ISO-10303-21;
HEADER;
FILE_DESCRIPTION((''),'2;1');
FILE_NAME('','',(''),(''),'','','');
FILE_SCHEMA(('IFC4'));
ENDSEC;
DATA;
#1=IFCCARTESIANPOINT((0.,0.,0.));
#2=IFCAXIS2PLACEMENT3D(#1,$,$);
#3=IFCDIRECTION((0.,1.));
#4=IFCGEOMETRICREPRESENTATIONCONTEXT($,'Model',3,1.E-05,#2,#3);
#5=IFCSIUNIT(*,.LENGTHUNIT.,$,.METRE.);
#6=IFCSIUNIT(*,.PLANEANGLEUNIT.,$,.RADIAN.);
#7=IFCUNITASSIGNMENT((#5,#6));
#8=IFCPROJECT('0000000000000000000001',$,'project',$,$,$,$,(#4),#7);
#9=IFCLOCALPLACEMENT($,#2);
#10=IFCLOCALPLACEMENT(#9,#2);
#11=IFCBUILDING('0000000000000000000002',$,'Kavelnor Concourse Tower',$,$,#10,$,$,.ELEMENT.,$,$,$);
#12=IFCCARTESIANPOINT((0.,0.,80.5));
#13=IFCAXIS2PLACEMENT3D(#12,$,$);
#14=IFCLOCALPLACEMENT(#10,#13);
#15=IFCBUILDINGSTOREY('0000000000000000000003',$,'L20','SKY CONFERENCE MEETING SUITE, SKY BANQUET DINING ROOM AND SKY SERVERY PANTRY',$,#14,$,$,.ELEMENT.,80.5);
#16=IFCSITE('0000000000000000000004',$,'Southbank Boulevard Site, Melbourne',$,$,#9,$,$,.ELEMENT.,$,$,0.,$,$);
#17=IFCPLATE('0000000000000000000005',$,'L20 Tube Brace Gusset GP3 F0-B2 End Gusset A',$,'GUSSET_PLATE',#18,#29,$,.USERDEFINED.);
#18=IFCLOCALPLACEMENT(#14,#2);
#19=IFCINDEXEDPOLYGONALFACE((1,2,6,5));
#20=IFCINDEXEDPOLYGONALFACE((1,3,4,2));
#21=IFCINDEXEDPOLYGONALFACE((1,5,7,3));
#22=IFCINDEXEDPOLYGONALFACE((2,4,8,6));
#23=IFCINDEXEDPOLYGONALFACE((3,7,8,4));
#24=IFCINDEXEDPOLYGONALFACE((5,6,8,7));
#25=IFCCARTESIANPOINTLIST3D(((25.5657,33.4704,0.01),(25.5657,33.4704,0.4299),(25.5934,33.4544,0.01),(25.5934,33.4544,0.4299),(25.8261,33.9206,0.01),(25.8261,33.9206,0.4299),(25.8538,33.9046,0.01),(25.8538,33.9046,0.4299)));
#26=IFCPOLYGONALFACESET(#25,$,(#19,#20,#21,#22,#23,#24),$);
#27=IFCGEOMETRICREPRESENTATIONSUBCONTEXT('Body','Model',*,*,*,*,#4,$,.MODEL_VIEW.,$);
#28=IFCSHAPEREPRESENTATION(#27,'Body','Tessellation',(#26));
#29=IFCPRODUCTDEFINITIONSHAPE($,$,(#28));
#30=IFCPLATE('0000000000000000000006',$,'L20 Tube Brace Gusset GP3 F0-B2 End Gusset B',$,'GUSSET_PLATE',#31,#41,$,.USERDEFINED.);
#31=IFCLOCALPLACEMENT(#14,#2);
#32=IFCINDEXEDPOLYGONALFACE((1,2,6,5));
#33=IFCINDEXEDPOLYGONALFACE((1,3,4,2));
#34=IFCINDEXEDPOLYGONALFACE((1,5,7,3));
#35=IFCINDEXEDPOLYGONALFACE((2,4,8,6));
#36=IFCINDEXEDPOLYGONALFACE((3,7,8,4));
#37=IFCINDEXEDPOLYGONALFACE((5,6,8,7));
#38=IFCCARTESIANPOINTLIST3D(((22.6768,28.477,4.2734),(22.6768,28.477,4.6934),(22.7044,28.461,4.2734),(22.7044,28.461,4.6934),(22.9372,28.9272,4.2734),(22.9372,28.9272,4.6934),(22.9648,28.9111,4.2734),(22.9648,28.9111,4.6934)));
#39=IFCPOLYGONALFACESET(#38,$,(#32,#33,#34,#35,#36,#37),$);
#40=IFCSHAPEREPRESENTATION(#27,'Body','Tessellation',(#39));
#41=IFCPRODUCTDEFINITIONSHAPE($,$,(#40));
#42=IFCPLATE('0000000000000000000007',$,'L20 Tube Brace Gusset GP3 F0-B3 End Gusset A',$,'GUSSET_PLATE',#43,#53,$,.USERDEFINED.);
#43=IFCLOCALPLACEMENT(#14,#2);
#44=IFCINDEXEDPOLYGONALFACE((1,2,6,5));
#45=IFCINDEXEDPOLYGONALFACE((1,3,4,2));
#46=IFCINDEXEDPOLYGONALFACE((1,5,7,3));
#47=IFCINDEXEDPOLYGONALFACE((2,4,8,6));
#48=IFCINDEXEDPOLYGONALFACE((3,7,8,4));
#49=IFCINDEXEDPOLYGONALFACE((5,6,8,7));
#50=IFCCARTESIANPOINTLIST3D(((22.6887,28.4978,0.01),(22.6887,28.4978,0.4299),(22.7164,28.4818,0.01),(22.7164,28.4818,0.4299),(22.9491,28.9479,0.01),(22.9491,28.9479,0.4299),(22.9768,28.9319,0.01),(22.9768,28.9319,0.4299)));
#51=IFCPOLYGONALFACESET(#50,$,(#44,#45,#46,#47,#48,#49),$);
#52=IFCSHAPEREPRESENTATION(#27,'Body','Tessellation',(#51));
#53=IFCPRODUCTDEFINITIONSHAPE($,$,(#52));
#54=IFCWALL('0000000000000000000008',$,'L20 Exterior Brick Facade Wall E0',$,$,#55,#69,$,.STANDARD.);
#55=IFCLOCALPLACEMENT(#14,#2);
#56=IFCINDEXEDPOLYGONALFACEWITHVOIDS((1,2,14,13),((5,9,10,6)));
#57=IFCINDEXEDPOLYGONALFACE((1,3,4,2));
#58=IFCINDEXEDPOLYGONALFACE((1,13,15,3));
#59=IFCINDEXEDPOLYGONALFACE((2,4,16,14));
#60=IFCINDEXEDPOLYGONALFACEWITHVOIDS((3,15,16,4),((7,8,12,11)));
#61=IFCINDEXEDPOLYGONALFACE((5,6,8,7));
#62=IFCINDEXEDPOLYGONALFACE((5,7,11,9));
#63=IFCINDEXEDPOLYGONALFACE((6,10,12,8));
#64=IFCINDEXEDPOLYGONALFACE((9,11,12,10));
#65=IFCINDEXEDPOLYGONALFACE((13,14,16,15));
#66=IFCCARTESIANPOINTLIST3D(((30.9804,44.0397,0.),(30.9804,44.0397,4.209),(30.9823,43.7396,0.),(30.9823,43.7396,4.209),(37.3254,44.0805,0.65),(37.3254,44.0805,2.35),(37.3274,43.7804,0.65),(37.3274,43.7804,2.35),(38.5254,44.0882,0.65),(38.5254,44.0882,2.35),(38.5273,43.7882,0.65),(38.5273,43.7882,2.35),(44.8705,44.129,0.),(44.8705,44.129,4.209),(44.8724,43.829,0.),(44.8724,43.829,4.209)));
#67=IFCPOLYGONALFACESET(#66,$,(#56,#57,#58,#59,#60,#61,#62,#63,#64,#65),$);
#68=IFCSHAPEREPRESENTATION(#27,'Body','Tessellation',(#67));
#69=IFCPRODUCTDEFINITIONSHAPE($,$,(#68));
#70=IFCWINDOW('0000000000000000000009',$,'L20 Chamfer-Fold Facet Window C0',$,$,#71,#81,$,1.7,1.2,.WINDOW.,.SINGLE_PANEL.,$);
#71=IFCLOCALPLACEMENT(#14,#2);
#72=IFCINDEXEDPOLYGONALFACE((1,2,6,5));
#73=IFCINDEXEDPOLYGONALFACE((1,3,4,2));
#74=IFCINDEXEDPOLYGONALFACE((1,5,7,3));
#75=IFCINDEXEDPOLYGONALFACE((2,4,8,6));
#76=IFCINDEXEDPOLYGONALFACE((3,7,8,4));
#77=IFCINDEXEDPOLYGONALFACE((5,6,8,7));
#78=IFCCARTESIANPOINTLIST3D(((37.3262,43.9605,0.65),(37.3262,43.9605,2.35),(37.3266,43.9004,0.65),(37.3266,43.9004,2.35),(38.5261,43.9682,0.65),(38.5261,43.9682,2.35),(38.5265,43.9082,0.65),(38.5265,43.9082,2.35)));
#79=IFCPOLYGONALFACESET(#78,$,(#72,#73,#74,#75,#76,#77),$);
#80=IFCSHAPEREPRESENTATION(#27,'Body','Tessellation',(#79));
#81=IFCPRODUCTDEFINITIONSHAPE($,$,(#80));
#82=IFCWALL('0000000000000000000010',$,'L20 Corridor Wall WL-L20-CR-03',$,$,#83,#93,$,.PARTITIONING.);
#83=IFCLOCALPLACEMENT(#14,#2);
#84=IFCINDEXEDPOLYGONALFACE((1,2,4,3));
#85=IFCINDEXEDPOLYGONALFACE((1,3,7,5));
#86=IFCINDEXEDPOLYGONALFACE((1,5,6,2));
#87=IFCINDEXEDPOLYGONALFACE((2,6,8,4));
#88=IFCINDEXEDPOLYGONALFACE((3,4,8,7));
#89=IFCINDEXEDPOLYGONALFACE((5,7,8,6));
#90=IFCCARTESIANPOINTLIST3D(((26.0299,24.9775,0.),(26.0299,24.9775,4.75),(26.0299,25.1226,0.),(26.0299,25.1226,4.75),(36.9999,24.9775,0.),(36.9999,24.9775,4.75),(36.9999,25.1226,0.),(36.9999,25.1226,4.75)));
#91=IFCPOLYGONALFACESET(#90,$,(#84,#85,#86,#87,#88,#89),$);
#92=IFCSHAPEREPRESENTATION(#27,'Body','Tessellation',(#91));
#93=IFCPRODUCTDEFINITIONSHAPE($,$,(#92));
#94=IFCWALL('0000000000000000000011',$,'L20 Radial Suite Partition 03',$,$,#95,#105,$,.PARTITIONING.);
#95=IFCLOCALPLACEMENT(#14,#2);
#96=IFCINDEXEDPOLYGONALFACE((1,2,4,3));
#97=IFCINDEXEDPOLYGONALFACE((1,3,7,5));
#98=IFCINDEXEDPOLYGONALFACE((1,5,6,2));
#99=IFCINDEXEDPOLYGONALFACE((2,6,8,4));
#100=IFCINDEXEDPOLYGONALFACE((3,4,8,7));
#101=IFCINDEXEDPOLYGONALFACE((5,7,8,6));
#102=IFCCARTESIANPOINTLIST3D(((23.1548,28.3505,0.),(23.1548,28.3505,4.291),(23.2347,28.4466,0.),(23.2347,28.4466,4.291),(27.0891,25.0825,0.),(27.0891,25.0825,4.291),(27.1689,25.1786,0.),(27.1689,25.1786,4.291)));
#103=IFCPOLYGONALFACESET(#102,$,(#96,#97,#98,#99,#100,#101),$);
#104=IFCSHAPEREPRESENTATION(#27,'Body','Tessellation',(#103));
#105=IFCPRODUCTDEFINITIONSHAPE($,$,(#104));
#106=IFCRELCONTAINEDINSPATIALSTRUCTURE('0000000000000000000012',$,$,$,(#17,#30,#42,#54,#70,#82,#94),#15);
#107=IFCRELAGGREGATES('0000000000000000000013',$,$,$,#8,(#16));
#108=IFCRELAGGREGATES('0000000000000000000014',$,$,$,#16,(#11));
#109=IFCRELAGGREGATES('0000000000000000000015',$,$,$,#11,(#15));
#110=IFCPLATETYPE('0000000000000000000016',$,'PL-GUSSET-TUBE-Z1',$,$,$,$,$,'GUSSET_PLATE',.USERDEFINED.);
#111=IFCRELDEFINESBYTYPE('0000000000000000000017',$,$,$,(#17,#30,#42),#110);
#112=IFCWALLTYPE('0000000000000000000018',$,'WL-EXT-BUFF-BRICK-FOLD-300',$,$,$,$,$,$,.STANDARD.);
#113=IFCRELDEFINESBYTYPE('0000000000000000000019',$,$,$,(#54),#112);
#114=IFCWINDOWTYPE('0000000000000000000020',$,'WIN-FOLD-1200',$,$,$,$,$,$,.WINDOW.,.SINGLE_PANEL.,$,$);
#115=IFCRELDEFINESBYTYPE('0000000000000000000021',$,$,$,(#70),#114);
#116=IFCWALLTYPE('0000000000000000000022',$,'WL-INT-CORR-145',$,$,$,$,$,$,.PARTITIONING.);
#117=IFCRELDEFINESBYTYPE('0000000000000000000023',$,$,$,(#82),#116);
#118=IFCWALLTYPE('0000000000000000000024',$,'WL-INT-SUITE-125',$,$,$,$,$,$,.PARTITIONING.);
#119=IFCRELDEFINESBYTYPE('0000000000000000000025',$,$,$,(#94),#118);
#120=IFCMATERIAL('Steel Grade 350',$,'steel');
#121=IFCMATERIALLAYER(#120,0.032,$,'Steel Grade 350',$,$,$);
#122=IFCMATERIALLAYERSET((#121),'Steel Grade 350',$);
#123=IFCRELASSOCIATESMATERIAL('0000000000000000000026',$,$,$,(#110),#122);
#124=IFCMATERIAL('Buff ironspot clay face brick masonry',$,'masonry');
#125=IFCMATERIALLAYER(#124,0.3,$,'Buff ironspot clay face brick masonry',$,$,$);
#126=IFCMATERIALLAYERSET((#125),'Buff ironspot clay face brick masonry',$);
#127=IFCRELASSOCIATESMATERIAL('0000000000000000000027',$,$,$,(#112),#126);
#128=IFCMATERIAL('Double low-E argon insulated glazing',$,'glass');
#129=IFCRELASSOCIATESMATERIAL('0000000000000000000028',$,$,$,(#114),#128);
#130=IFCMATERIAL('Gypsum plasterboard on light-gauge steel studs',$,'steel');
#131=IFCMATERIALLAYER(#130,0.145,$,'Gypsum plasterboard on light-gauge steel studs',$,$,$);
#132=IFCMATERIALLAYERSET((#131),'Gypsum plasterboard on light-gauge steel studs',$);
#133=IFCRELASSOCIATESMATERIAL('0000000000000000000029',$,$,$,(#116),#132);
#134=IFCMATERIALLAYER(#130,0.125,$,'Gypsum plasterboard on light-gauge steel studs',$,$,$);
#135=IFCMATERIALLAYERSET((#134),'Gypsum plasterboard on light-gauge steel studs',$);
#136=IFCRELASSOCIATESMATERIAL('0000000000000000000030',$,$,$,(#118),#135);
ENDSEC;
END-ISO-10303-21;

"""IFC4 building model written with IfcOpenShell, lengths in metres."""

from ifc_helpers import new_model, si_unit, direction, frame, frame_2d, origin, origin_2d, place, context, subcontext, project, spatial, rectangle, extrude, material, layer, layer_set, type_object, element, fill, save


model = new_model("IFC4")

# Units and contexts
model_context = context("Model", 3, precision=1e-05, world=origin(), true_north=direction((0.0, 1.0)))
body_context = subcontext(model_context, "Body", "Model", "MODEL_VIEW")
ifc_project = project(units=[si_unit("LENGTHUNIT", "METRE"), si_unit("PLANEANGLEUNIT", "RADIAN")], contexts=[model_context])

# Site, building, storey
site_placement = place(None, origin())
site = spatial("IfcSite", under=ifc_project, at=site_placement, Name="Southbank Boulevard Site, Melbourne", CompositionType="ELEMENT", RefElevation=0.0)
building_placement = place(site_placement, origin())
building = spatial("IfcBuilding", under=site, at=building_placement, Name="Kavelnor Concourse Tower", CompositionType="ELEMENT")
storey_placement = place(building_placement, frame((0.0, 0.0, 80.5)))
storey = spatial("IfcBuildingStorey", under=building, at=storey_placement, Name="L20", Description="SKY CONFERENCE MEETING SUITE, SKY BANQUET DINING ROOM AND SKY SERVERY PANTRY", CompositionType="ELEMENT", Elevation=80.5)

# Shared definitions
ifc_material_1 = material(Name="Steel Grade 350", Category="steel")

# Shared definitions
ifc_material_2 = material(Name="Double low-E argon insulated glazing", Category="glass")

# Plates
ifc_layer_1 = layer(ifc_material_1, 0.032, Name="Steel Grade 350")
ifc_layer_set_1 = layer_set([ifc_layer_1], Name="Steel Grade 350")
plate_type_1 = type_object("IfcPlateType", Name="PL-GUSSET-TUBE-Z1", ElementType="GUSSET_PLATE", PredefinedType="USERDEFINED", material=ifc_layer_set_1)
for number, where, z_axis, x_axis, name in (
    (1, (25.7097, 33.6875, 0.01), (0.0, 0.0, 1.0), (-0.500756, -0.865589, 0.0), "L20 Tube Brace Gusset GP3 F0-B2 End Gusset A"),
    (2, (22.8208, 28.6941, 4.2734), (0.0, 0.0, 1.0), (-0.500756, -0.865589, 0.0), "L20 Tube Brace Gusset GP3 F0-B2 End Gusset B"),
    (3, (22.8328, 28.7148, 0.01), (0.0, 0.0, 1.0), (-0.500756, -0.865589, 0.0), "L20 Tube Brace Gusset GP3 F0-B3 End Gusset A"),
):
    element("IfcPlate", number, at=place(storey_placement, frame(where, z_axis=z_axis, x_axis=x_axis)), inside=storey, type_object=plate_type_1, Name=name, ObjectType="GUSSET_PLATE", PredefinedType="USERDEFINED", context=body_context, shape_type="SweptSolid", body=[
        extrude(rectangle(XDim=0.52, YDim=0.032, at=origin_2d()), origin(), (0.0, 0.0, 1.0), 0.4199),
    ])

# Wall, opening, window
ifc_material_3 = material(Name="Buff ironspot clay face brick masonry", Category="masonry")
ifc_layer_2 = layer(ifc_material_3, 0.3, Name="Buff ironspot clay face brick masonry")
ifc_layer_set_2 = layer_set([ifc_layer_2], Name="Buff ironspot clay face brick masonry")
wall_type_1 = type_object("IfcWallType", Name="WL-EXT-BUFF-BRICK-FOLD-300", PredefinedType="STANDARD", material=ifc_layer_set_2)
wall_1_placement = place(storey_placement, frame((30.9812, 43.8896, 0.0), z_axis=(0.0, 0.0, 1.0), x_axis=(0.999979, 0.006433, 0.0)))
wall_1 = element("IfcWall", 4, at=wall_1_placement, inside=storey, type_object=wall_type_1, Name="L20 Exterior Brick Facade Wall E0", PredefinedType="STANDARD", context=body_context, shape_type="SweptSolid", body=[
    extrude(rectangle(XDim=13.8904, YDim=0.3, at=frame_2d((6.9453, 0.0))), origin(), (0.0, 0.0, 1.0), 4.209),
])
opening_placement = place(wall_1_placement, frame((6.3452, 0.0, 0.6499)))
opening = element("IfcOpeningElement", 5, at=opening_placement, cuts=wall_1, PredefinedType="OPENING", context=body_context, shape_type="SweptSolid", body=[
    extrude(rectangle(XDim=1.2, YDim=1.7, at=frame_2d((0.6001, 0.8501))), frame((0.0, 0.1602, 0.0), z_axis=(0.0, -1.0, 0.0), x_axis=(1.0, 0.0, 0.0)), (0.0, 0.0, 1.0), 0.3201),
])
window_type = type_object("IfcWindowType", Name="WIN-FOLD-1200", PartitioningType="SINGLE_PANEL", PredefinedType="WINDOW", material=ifc_material_2)
window_placement = place(opening_placement, origin())
window = element("IfcWindow", 6, at=window_placement, inside=storey, type_object=window_type, Name="L20 Chamfer-Fold Facet Window C0", OverallHeight=1.7, OverallWidth=1.2, PartitioningType="SINGLE_PANEL", PredefinedType="WINDOW", context=body_context, shape_type="SweptSolid", body=[
    extrude(rectangle(XDim=1.2, YDim=1.7, at=frame_2d((0.6001, 0.8501))), frame((0.0, 0.03, 0.0), z_axis=(0.0, -1.0, 0.0), x_axis=(1.0, 0.0, 0.0)), (0.0, 0.0, 1.0), 0.0601),
])
fill(opening, window)

# Walls
ifc_material_4 = material(Name="Gypsum plasterboard on light-gauge steel studs", Category="steel")
ifc_layer_3 = layer(ifc_material_4, 0.145, Name="Gypsum plasterboard on light-gauge steel studs")
ifc_layer_set_3 = layer_set([ifc_layer_3], Name="Gypsum plasterboard on light-gauge steel studs")
wall_type_2 = type_object("IfcWallType", Name="WL-INT-CORR-145", PredefinedType="PARTITIONING", material=ifc_layer_set_3)
wall_2_placement = place(storey_placement, frame((26.03, 25.05, 0.0), z_axis=(0.0, 0.0, 1.0), x_axis=(1.0, 0.0, 0.0)))
element("IfcWall", 7, at=wall_2_placement, inside=storey, type_object=wall_type_2, Name="L20 Corridor Wall WL-L20-CR-03", PredefinedType="PARTITIONING", context=body_context, shape_type="SweptSolid", body=[
    extrude(rectangle(XDim=10.97, YDim=0.145, at=frame_2d((5.4849, 0.0))), origin(), (0.0, 0.0, 1.0), 4.75),
])
ifc_layer_4 = layer(ifc_material_4, 0.125, Name="Gypsum plasterboard on light-gauge steel studs")
ifc_layer_set_4 = layer_set([ifc_layer_4], Name="Gypsum plasterboard on light-gauge steel studs")
wall_type_3 = type_object("IfcWallType", Name="WL-INT-SUITE-125", PredefinedType="PARTITIONING", material=ifc_layer_set_4)
wall_3_placement = place(storey_placement, frame((27.1289, 25.1306, 0.0), z_axis=(0.0, 0.0, 1.0), x_axis=(-0.769234, 0.638968, 0.0)))
element("IfcWall", 8, at=wall_3_placement, inside=storey, type_object=wall_type_3, Name="L20 Radial Suite Partition 03", PredefinedType="PARTITIONING", context=body_context, shape_type="SweptSolid", body=[
    extrude(rectangle(XDim=5.1145, YDim=0.125, at=frame_2d((2.5571, 0.0))), origin(), (0.0, 0.0, 1.0), 4.291),
])

save(model, "model.ifc")
